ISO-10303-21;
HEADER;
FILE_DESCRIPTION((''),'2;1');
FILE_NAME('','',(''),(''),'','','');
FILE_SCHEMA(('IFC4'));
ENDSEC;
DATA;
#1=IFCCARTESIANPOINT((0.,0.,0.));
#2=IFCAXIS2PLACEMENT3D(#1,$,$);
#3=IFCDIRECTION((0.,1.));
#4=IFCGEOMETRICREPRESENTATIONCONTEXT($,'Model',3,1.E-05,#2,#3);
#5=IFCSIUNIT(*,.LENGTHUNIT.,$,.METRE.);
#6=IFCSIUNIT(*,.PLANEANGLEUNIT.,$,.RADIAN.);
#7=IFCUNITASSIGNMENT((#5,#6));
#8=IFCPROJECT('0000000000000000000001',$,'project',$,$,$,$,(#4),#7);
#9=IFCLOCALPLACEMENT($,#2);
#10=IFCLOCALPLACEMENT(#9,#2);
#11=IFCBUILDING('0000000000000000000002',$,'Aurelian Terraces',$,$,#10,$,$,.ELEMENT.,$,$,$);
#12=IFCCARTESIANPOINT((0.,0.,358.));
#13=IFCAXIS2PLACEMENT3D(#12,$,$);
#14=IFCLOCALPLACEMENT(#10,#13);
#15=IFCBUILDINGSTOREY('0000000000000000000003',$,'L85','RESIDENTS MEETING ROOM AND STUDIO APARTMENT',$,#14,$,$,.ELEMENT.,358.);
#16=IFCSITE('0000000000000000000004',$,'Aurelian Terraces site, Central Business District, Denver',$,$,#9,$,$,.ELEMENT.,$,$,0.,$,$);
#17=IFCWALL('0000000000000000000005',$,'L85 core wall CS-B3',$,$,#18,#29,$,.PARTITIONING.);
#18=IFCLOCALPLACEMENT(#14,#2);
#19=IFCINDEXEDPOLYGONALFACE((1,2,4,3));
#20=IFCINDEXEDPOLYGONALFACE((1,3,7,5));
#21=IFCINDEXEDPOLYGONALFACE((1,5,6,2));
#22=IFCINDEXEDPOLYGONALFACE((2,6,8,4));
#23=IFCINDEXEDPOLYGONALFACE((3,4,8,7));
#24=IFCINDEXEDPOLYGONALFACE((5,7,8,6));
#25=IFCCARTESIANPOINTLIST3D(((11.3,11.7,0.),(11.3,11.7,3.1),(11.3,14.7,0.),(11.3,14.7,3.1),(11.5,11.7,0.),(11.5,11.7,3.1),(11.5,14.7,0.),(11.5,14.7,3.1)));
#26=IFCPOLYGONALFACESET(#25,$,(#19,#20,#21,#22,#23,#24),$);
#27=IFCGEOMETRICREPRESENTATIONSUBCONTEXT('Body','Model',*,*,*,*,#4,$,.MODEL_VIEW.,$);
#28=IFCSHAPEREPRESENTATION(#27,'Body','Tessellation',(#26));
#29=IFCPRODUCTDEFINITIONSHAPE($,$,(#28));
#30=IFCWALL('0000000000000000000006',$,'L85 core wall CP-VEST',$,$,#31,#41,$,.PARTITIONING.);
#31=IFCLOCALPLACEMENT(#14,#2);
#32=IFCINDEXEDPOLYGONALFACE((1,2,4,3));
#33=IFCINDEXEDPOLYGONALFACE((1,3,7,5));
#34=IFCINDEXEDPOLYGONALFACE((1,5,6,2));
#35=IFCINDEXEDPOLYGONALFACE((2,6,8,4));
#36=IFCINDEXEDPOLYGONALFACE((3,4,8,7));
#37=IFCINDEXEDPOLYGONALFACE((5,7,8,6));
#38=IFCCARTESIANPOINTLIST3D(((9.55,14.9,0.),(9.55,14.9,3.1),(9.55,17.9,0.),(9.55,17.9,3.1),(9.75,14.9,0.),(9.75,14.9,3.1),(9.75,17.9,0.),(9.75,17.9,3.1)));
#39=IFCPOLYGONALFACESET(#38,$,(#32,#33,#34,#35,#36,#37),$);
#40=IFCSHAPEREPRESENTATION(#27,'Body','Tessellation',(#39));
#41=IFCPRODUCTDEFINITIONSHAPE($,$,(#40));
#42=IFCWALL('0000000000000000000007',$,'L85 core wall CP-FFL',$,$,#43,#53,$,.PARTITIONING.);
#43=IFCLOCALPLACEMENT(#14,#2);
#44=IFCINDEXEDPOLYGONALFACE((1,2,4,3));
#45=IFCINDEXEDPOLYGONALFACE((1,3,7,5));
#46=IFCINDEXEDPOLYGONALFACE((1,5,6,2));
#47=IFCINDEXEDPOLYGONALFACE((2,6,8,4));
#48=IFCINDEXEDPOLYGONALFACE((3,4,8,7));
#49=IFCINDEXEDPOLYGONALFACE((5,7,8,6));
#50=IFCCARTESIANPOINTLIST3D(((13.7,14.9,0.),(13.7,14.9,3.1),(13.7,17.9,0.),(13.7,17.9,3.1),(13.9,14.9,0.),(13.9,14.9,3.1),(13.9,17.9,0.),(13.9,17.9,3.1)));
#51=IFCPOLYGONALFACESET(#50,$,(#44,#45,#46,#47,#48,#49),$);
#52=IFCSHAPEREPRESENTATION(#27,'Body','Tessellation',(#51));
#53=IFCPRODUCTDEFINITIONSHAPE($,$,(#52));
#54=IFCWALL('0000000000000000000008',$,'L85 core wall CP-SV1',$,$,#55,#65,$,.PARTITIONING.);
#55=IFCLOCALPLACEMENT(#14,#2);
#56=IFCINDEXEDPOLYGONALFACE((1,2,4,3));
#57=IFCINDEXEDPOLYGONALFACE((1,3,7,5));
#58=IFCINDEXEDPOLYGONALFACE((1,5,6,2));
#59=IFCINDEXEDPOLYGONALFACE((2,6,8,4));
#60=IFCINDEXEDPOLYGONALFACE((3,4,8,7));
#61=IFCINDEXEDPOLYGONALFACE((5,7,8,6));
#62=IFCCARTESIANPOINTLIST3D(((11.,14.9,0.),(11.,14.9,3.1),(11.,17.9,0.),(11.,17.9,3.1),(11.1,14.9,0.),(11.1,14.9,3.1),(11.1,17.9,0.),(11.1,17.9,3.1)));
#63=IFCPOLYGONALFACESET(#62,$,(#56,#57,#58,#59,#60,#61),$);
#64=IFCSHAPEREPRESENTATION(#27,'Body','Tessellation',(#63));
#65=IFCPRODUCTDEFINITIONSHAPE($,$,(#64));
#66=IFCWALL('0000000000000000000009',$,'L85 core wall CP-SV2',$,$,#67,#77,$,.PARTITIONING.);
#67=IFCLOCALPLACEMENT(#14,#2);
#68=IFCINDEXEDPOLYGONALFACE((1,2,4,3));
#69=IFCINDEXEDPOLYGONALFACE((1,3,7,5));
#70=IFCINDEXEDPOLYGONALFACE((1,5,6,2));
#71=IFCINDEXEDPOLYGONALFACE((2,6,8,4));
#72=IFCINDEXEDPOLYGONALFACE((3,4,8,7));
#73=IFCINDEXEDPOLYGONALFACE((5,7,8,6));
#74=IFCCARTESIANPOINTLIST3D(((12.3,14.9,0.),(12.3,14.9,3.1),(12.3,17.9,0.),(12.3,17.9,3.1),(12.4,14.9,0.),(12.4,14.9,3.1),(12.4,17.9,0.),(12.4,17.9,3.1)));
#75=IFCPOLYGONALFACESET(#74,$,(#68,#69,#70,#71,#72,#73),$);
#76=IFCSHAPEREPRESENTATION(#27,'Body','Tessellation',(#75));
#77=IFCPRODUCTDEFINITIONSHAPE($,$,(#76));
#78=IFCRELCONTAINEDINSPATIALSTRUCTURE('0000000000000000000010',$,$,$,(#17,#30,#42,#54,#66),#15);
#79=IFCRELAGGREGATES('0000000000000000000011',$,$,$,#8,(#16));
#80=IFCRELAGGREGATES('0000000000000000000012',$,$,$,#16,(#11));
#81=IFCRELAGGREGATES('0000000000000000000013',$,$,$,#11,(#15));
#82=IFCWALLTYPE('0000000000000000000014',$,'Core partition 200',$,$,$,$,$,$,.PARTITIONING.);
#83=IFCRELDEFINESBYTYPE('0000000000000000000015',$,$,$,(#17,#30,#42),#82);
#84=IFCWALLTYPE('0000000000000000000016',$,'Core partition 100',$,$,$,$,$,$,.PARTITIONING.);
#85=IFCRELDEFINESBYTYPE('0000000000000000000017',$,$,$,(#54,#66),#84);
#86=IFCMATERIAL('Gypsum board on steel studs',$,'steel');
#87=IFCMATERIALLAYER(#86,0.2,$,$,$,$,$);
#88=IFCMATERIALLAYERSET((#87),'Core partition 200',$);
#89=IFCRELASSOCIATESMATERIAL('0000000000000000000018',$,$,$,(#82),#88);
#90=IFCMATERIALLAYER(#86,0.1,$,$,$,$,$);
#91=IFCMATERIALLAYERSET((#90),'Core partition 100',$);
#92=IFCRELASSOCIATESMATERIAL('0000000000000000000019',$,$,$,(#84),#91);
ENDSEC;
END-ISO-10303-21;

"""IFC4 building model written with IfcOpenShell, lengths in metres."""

from ifc_helpers import new_model, si_unit, direction, frame, frame_2d, origin, place, context, subcontext, project, spatial, rectangle, extrude, source, transform, mapped, material, layer, layer_set, type_object, element, save


model = new_model("IFC4")

# Units and contexts
model_context = context("Model", 3, precision=1e-05, world=origin(), true_north=direction((0.0, 1.0)))
body_context = subcontext(model_context, "Body", "Model", "MODEL_VIEW")
ifc_project = project(units=[si_unit("LENGTHUNIT", "METRE"), si_unit("PLANEANGLEUNIT", "RADIAN")], contexts=[model_context])

# Site, building, storey
site_placement = place(None, origin())
site = spatial("IfcSite", under=ifc_project, at=site_placement, Name="Aurelian Terraces site, Central Business District, Denver", CompositionType="ELEMENT", RefElevation=0.0)
building_placement = place(site_placement, origin())
building = spatial("IfcBuilding", under=site, at=building_placement, Name="Aurelian Terraces", CompositionType="ELEMENT")
storey_placement = place(building_placement, frame((0.0, 0.0, 358.0)))
storey = spatial("IfcBuildingStorey", under=building, at=storey_placement, Name="L85", Description="RESIDENTS MEETING ROOM AND STUDIO APARTMENT", CompositionType="ELEMENT", Elevation=358.0)

# Walls
ifc_material_1 = material(Name="Gypsum board on steel studs", Category="steel")
ifc_layer_1 = layer(ifc_material_1, 0.2)
ifc_layer_set_1 = layer_set([ifc_layer_1], Name="Core partition 200")
wall_type_1 = type_object("IfcWallType", Name="Core partition 200", PredefinedType="PARTITIONING", material=ifc_layer_set_1)
shared_shape_1 = source(origin(), body_context, "Body", "SweptSolid", [
    extrude(rectangle(XDim=3.0, YDim=0.2, at=frame_2d((1.5, 0.0))), origin(), (0.0, 0.0, 1.0), 3.1),
])
for number, where, z_axis, x_axis, name in (
    (1, (11.4, 11.7, 0.0), (0.0, 0.0, 1.0), (0.0, 1.0, 0.0), "L85 core wall CS-B3"),
    (2, (9.65, 14.9, 0.0), (0.0, 0.0, 1.0), (0.0, 1.0, 0.0), "L85 core wall CP-VEST"),
    (3, (13.8, 14.9, 0.0), (0.0, 0.0, 1.0), (0.0, 1.0, 0.0), "L85 core wall CP-FFL"),
):
    element("IfcWall", number, at=place(storey_placement, frame(where, z_axis=z_axis, x_axis=x_axis)), inside=storey, type_object=wall_type_1, Name=name, PredefinedType="PARTITIONING", context=body_context, shape_type="MappedRepresentation", body=[
        mapped(shared_shape_1, transform((0.0, 0.0, 0.0), scale=1.0)),
    ])
ifc_layer_2 = layer(ifc_material_1, 0.1)
ifc_layer_set_2 = layer_set([ifc_layer_2], Name="Core partition 100")
wall_type_2 = type_object("IfcWallType", Name="Core partition 100", PredefinedType="PARTITIONING", material=ifc_layer_set_2)
shared_shape_2 = source(origin(), body_context, "Body", "SweptSolid", [
    extrude(rectangle(XDim=3.0, YDim=0.1, at=frame_2d((1.5, 0.0))), origin(), (0.0, 0.0, 1.0), 3.1),
])
for number, where, z_axis, x_axis, name in (
    (4, (11.05, 14.9, 0.0), (0.0, 0.0, 1.0), (0.0, 1.0, 0.0), "L85 core wall CP-SV1"),
    (5, (12.35, 14.9, 0.0), (0.0, 0.0, 1.0), (0.0, 1.0, 0.0), "L85 core wall CP-SV2"),
):
    element("IfcWall", number, at=place(storey_placement, frame(where, z_axis=z_axis, x_axis=x_axis)), inside=storey, type_object=wall_type_2, Name=name, PredefinedType="PARTITIONING", context=body_context, shape_type="MappedRepresentation", body=[
        mapped(shared_shape_2, transform((0.0, 0.0, 0.0), scale=1.0)),
    ])

save(model, "model.ifc")
